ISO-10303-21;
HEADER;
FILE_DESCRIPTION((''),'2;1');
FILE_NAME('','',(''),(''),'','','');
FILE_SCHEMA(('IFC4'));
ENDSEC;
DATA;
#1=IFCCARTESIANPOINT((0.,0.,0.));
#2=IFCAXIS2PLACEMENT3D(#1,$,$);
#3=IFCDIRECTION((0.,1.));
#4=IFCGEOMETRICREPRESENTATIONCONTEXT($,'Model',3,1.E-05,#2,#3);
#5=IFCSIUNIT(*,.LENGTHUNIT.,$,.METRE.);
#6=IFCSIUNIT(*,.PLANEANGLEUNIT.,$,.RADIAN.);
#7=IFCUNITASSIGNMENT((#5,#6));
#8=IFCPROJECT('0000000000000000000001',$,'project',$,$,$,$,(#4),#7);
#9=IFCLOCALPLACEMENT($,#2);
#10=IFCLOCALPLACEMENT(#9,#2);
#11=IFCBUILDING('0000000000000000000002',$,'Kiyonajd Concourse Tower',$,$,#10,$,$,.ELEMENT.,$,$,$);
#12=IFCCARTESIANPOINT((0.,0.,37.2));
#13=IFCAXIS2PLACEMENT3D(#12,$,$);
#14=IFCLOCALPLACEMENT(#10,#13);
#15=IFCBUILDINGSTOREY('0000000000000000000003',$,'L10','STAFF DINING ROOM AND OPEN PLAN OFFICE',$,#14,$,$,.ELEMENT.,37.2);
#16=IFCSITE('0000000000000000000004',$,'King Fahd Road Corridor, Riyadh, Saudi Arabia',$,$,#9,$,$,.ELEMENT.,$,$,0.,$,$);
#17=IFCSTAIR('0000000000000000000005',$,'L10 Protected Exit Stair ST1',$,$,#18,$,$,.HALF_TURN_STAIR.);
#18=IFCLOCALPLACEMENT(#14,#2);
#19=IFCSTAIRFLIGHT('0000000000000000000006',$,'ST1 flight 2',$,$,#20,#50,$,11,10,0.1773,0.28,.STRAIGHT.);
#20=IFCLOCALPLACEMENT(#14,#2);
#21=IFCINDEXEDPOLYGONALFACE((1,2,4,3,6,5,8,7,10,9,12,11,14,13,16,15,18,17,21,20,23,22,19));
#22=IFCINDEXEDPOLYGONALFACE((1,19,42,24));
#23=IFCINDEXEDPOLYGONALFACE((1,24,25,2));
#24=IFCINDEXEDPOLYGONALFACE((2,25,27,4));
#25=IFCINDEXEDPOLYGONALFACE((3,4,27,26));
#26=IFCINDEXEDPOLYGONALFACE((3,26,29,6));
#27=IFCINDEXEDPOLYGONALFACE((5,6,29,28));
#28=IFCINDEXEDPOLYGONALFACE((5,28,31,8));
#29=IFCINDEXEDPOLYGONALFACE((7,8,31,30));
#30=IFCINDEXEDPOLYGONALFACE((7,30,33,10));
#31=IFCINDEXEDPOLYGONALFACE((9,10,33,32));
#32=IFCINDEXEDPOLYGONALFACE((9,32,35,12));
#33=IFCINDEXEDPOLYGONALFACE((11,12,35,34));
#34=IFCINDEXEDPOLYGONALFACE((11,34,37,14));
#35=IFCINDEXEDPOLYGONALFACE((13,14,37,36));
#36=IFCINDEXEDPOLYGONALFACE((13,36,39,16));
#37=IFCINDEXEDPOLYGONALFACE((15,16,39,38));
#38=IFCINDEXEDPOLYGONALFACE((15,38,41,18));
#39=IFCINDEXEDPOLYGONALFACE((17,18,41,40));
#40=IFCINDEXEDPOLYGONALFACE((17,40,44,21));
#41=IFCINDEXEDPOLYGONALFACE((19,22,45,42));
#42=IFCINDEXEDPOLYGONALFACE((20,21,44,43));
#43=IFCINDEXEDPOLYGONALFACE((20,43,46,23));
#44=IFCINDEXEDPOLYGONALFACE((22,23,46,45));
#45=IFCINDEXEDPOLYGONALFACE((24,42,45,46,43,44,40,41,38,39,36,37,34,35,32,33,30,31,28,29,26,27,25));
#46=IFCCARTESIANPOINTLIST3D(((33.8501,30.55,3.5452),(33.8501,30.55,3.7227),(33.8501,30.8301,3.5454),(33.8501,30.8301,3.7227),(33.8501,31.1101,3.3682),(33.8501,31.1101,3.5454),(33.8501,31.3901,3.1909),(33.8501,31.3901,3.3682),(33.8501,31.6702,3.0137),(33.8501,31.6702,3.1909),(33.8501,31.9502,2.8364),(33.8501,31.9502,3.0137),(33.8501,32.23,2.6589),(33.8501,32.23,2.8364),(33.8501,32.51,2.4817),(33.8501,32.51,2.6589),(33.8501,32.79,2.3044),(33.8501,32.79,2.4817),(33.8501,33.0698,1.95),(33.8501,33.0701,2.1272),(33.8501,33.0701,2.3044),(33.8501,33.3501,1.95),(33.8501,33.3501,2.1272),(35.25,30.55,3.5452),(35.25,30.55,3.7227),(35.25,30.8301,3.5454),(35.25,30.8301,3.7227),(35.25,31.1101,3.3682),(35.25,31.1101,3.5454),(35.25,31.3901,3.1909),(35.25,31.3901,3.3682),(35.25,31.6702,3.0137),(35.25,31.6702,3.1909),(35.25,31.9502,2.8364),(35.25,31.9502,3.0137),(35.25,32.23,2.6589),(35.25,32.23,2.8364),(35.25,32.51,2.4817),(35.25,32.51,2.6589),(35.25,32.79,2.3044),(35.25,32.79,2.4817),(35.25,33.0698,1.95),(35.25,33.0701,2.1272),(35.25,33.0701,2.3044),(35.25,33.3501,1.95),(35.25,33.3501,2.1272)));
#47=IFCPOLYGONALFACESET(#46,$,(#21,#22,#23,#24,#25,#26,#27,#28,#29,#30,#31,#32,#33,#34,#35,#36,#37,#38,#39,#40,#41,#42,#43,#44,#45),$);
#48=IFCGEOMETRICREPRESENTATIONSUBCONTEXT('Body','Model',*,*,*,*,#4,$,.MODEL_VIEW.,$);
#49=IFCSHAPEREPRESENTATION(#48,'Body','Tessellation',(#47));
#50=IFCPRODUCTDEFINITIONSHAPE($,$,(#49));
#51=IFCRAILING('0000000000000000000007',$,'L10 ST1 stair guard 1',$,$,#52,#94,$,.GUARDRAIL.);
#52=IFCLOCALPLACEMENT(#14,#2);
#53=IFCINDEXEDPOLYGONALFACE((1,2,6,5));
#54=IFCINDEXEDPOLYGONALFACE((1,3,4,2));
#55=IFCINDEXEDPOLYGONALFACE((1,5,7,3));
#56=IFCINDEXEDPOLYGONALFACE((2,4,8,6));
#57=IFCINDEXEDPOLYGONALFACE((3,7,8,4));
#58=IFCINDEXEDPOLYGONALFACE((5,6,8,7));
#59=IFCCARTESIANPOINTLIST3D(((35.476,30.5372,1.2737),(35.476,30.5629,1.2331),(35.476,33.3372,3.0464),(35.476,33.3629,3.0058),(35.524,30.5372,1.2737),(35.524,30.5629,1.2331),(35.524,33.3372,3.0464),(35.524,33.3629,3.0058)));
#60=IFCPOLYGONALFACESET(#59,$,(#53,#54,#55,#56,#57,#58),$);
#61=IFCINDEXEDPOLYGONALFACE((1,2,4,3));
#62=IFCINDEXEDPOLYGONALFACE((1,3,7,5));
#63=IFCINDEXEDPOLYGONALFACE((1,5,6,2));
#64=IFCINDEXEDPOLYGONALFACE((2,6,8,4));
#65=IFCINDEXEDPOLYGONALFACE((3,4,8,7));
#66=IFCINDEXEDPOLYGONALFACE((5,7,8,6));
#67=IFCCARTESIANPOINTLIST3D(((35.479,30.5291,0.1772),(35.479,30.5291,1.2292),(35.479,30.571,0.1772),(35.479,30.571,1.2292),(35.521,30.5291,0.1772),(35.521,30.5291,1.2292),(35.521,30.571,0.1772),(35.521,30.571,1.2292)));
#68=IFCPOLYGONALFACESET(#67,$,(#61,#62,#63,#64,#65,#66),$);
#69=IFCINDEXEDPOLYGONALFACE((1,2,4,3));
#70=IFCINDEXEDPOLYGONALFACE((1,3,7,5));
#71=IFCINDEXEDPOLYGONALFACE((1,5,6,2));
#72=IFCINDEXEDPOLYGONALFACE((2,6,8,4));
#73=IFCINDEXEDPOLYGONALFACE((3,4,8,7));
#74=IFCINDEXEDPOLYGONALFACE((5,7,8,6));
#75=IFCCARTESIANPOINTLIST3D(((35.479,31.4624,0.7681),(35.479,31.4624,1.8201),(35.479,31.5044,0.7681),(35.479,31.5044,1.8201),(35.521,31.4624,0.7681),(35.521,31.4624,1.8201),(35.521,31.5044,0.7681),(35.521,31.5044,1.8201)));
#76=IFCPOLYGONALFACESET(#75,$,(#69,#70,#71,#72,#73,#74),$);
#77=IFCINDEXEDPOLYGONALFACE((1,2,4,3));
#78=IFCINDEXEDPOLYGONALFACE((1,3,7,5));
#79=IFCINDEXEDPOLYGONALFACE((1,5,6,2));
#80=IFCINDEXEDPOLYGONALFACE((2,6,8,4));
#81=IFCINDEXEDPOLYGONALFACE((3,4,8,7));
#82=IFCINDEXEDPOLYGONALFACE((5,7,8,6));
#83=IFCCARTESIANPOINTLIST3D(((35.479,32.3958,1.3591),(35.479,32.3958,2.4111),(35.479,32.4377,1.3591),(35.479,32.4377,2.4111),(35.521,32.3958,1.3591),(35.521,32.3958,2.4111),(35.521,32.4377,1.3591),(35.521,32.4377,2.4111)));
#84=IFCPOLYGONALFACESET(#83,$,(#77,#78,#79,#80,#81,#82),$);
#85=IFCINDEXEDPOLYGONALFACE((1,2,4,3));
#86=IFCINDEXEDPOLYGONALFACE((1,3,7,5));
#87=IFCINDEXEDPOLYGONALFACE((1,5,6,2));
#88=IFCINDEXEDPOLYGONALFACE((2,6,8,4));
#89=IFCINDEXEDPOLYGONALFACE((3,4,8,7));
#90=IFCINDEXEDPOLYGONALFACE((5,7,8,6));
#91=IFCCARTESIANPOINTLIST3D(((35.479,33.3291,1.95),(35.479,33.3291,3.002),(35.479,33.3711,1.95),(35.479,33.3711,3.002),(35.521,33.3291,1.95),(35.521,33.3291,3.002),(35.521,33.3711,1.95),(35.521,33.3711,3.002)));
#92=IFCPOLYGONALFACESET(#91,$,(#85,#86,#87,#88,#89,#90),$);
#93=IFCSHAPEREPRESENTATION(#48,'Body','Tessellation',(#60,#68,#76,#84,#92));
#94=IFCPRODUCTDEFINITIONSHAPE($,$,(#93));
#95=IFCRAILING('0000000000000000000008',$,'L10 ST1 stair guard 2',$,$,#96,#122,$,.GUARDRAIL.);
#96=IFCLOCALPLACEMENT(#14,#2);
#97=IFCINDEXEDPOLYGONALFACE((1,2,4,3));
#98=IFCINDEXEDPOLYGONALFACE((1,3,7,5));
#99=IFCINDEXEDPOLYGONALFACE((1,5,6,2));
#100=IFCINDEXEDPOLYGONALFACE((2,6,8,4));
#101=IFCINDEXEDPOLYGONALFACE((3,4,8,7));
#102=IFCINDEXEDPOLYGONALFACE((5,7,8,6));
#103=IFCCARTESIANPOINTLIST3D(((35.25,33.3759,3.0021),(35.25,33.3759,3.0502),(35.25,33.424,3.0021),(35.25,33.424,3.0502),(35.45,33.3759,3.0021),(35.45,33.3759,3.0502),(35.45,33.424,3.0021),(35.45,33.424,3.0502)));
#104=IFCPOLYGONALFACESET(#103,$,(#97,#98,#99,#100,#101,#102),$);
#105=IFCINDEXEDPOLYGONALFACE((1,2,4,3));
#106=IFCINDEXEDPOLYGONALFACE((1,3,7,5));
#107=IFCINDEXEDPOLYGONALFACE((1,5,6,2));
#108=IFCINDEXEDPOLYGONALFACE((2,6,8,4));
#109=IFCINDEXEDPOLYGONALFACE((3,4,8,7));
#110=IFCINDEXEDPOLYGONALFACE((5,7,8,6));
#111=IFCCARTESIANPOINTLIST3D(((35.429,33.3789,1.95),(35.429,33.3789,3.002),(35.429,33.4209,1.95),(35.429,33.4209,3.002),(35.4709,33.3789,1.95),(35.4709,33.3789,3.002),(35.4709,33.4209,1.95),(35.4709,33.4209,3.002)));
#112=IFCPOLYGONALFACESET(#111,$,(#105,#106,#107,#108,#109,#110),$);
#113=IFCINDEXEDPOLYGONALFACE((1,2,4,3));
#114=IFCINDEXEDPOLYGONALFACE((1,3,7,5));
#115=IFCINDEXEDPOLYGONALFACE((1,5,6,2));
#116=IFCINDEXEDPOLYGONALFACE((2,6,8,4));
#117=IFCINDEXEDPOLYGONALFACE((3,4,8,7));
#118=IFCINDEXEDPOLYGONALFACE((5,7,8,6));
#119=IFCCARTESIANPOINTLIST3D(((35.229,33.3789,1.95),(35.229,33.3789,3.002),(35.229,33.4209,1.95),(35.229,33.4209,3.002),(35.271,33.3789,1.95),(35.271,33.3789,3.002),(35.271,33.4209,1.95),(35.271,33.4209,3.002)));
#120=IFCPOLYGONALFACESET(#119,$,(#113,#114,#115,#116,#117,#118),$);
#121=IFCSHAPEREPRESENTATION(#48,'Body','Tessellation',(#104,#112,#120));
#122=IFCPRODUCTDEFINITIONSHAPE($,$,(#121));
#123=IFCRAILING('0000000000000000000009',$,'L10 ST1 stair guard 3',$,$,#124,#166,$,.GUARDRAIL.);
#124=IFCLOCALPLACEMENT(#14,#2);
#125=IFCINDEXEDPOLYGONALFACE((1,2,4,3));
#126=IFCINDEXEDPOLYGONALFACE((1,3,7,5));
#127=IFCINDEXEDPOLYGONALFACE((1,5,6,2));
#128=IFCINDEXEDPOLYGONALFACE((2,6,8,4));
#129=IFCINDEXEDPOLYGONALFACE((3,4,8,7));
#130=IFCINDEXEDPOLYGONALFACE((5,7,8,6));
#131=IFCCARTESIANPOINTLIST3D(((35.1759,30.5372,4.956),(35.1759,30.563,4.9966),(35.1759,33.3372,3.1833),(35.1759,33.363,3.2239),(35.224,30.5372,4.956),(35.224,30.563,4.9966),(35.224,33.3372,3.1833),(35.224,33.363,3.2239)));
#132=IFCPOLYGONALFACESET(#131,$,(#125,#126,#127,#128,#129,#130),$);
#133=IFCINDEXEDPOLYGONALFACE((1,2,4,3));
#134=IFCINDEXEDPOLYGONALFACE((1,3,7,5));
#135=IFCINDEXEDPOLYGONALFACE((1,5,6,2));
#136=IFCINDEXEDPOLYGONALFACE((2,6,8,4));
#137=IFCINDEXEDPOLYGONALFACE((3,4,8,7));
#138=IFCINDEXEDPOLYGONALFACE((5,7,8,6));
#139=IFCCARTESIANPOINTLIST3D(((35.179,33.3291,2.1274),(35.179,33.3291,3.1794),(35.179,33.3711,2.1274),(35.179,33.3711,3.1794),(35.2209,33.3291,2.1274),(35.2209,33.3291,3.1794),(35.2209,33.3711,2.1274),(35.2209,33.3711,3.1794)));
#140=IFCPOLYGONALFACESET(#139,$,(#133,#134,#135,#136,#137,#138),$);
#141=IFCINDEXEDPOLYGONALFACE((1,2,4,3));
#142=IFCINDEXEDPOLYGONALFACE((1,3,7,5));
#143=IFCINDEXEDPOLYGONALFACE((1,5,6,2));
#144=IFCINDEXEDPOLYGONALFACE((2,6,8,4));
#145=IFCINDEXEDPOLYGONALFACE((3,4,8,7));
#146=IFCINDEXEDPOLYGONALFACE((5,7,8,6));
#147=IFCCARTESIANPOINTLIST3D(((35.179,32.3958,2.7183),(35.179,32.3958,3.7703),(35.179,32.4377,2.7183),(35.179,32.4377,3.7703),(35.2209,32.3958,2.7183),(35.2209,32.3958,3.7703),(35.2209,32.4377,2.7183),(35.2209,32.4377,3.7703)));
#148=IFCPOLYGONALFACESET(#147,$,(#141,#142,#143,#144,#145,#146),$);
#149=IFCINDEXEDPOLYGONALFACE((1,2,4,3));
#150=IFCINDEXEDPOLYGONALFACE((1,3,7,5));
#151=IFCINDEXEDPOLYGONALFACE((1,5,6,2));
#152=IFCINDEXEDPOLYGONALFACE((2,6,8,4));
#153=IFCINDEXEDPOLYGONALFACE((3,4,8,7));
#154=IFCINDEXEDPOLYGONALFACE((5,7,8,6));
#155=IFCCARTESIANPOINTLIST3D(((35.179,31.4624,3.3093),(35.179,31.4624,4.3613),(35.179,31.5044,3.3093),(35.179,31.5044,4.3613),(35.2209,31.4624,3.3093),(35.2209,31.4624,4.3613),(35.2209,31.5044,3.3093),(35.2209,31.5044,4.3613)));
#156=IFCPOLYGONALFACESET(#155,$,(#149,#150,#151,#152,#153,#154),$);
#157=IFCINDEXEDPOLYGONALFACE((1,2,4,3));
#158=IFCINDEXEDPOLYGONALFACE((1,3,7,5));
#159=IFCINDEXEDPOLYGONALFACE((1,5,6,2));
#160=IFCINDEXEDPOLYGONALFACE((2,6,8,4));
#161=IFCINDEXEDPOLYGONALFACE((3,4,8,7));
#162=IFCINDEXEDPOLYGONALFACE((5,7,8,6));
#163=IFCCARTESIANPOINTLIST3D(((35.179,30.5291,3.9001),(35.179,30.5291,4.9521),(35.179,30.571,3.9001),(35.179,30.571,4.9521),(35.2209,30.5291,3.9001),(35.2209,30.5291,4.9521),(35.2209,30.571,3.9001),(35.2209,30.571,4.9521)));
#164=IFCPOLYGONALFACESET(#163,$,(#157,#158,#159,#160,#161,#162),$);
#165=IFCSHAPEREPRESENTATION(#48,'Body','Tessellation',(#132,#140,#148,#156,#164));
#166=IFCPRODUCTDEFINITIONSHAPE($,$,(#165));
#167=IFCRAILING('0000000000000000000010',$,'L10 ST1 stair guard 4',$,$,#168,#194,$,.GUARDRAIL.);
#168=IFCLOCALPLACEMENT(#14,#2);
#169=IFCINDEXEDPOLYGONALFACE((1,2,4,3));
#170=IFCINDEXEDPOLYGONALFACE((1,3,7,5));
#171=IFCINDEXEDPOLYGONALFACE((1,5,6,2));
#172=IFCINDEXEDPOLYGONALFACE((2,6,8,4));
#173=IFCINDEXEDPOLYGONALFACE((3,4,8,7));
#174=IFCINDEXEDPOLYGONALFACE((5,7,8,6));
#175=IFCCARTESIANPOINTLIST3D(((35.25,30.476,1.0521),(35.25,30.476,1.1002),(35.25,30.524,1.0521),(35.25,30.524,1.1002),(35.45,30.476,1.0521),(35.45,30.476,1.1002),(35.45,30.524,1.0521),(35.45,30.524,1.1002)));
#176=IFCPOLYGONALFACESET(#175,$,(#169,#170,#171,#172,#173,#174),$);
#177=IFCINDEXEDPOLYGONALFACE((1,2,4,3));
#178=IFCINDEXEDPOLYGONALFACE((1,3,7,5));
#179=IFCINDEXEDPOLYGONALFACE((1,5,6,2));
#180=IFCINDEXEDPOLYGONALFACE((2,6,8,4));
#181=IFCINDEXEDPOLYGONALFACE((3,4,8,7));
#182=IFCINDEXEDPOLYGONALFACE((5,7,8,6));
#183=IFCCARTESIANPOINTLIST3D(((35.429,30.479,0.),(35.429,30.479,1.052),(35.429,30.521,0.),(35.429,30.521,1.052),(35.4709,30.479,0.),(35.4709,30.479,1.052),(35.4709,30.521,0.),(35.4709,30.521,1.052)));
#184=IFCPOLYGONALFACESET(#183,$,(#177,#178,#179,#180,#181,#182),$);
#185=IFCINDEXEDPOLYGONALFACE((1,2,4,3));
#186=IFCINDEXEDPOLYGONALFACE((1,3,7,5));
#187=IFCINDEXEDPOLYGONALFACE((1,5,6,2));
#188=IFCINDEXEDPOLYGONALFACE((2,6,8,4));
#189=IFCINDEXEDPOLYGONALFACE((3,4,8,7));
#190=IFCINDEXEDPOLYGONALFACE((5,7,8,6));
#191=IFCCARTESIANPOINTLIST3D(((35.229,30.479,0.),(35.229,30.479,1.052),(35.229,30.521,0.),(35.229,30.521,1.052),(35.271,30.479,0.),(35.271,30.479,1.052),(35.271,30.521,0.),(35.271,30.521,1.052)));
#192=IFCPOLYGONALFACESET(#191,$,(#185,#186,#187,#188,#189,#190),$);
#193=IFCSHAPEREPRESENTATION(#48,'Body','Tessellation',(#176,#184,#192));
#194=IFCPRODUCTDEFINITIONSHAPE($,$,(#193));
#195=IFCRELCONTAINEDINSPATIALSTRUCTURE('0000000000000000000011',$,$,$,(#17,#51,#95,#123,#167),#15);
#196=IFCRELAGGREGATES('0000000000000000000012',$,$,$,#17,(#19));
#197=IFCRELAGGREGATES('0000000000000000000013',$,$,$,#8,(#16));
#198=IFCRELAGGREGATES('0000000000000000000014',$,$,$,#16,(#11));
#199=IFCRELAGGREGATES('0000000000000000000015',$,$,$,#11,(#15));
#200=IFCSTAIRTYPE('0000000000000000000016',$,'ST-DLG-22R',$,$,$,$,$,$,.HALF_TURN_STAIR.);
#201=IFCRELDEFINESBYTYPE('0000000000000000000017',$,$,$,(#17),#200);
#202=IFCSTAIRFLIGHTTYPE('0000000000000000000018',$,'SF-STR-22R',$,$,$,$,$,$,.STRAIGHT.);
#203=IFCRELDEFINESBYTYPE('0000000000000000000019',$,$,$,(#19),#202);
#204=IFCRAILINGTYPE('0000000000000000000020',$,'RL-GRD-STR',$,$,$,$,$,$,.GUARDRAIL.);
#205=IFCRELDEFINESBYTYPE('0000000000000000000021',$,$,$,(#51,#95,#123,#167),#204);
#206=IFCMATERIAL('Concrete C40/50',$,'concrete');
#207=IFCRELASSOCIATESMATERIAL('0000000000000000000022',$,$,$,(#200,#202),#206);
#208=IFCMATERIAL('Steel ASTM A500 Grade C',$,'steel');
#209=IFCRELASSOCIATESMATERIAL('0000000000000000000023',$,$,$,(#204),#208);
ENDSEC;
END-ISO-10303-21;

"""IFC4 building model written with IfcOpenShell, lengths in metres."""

from ifc_helpers import new_model, si_unit, direction, frame, origin, origin_2d, place, context, subcontext, project, spatial, polyline, rectangle, outline, extrude, material, type_object, element, aggregate, save


model = new_model("IFC4")

# Units and contexts
model_context = context("Model", 3, precision=1e-05, world=origin(), true_north=direction((0.0, 1.0)))
body_context = subcontext(model_context, "Body", "Model", "MODEL_VIEW")
ifc_project = project(units=[si_unit("LENGTHUNIT", "METRE"), si_unit("PLANEANGLEUNIT", "RADIAN")], contexts=[model_context])

# Site, building, storey
site_placement = place(None, origin())
site = spatial("IfcSite", under=ifc_project, at=site_placement, Name="King Fahd Road Corridor, Riyadh, Saudi Arabia", CompositionType="ELEMENT", RefElevation=0.0)
building_placement = place(site_placement, origin())
building = spatial("IfcBuilding", under=site, at=building_placement, Name="Kiyonajd Concourse Tower", CompositionType="ELEMENT")
storey_placement = place(building_placement, frame((0.0, 0.0, 37.2)))
storey = spatial("IfcBuildingStorey", under=building, at=storey_placement, Name="L10", Description="STAFF DINING ROOM AND OPEN PLAN OFFICE", CompositionType="ELEMENT", Elevation=37.2)

# Stair, stair flight
ifc_material_1 = material(Name="Concrete C40/50", Category="concrete")
stair_type = type_object("IfcStairType", Name="ST-DLG-22R", PredefinedType="HALF_TURN_STAIR", material=ifc_material_1)
stair_placement = place(storey_placement, origin())
stair = element("IfcStair", 1, at=stair_placement, inside=storey, type_object=stair_type, Name="L10 Protected Exit Stair ST1", PredefinedType="HALF_TURN_STAIR")
stair_flight_type = type_object("IfcStairFlightType", Name="SF-STR-22R", PredefinedType="STRAIGHT", material=ifc_material_1)
stair_flight_1_placement = place(storey_placement, frame((34.55, 33.3501, 1.95), z_axis=(0.0, 0.0, 1.0), x_axis=(0.0, -1.0, 0.0)))
stair_flight_1 = element("IfcStairFlight", 2, at=stair_flight_1_placement, type_object=stair_flight_type, Name="ST1 flight 2", NumberOfRisers=11, NumberOfTreads=10, PredefinedType="STRAIGHT", RiserHeight=0.1773, TreadLength=0.28, context=body_context, shape_type="SweptSolid", body=[
    extrude(outline(polyline([(0.0, 0.0), (0.0, 0.1772), (0.28, 0.1772), (0.28, 0.3545), (0.5601, 0.3545), (0.5601, 0.5317), (0.8401, 0.5317), (0.8401, 0.709), (1.1201, 0.709), (1.1201, 0.8865), (1.3999, 0.8865), (1.3999, 1.0637), (1.6799, 1.0637), (1.6799, 1.241), (1.96, 1.241), (1.96, 1.4182), (2.24, 1.4182), (2.24, 1.5955), (2.52, 1.5955), (2.52, 1.7727), (2.8, 1.7727), (2.8, 1.95), (2.8, 1.5952), (0.2803, 0.0), (0.0, 0.0)])), frame((0.0, 0.7, 0.0), z_axis=(0.0, -1.0, 0.0), x_axis=(1.0, 0.0, 0.0)), (0.0, 0.0, 1.0), 1.3999),
])
aggregate(stair, [stair_flight_1])

# Railings
ifc_material_2 = material(Name="Steel ASTM A500 Grade C", Category="steel")
railing_type_1 = type_object("IfcRailingType", Name="RL-GRD-STR", PredefinedType="GUARDRAIL", material=ifc_material_2)
railing_1_placement = place(storey_placement, frame((35.5, 30.55, 0.1772)))
element("IfcRailing", 3, at=railing_1_placement, inside=storey, type_object=railing_type_1, Name="L10 ST1 stair guard 1", PredefinedType="GUARDRAIL", context=body_context, shape_type="SweptSolid", body=[
    extrude(rectangle(XDim=0.0481, YDim=0.0481, at=origin_2d()), frame((0.0, 0.0, 1.0762), z_axis=(0.0, 0.844909, 0.53491), x_axis=(-1.0, 0.0, 0.0)), (0.0, 0.0, 1.0), 3.314),
    extrude(rectangle(XDim=0.042, YDim=0.042, at=origin_2d()), origin(), (0.0, 0.0, 1.0), 1.052),
    extrude(rectangle(XDim=0.042, YDim=0.042, at=origin_2d()), frame((0.0, 0.9333, 0.5908)), (0.0, 0.0, 1.0), 1.052),
    extrude(rectangle(XDim=0.042, YDim=0.042, at=origin_2d()), frame((0.0, 1.8667, 1.1819)), (0.0, 0.0, 1.0), 1.052),
    extrude(rectangle(XDim=0.042, YDim=0.042, at=origin_2d()), frame((0.0, 2.8, 1.7727)), (0.0, 0.0, 1.0), 1.052),
])
railing_2_placement = place(storey_placement, frame((35.45, 33.3999, 1.95)))
element("IfcRailing", 4, at=railing_2_placement, inside=storey, type_object=railing_type_1, Name="L10 ST1 stair guard 2", PredefinedType="GUARDRAIL", context=body_context, shape_type="SweptSolid", body=[
    extrude(rectangle(XDim=0.0481, YDim=0.0481, at=origin_2d()), frame((0.0, 0.0, 1.0762), z_axis=(-1.0, 0.0, 0.0), x_axis=(0.0, -1.0, 0.0)), (0.0, 0.0, 1.0), 0.2),
    extrude(rectangle(XDim=0.042, YDim=0.042, at=origin_2d()), origin(), (0.0, 0.0, 1.0), 1.052),
    extrude(rectangle(XDim=0.042, YDim=0.042, at=origin_2d()), frame((-0.2, 0.0, 0.0)), (0.0, 0.0, 1.0), 1.052),
])
railing_3_placement = place(storey_placement, frame((35.2, 33.3501, 2.1274)))
element("IfcRailing", 5, at=railing_3_placement, inside=storey, type_object=railing_type_1, Name="L10 ST1 stair guard 3", PredefinedType="GUARDRAIL", context=body_context, shape_type="SweptSolid", body=[
    extrude(rectangle(XDim=0.0481, YDim=0.0481, at=origin_2d()), frame((0.0, 0.0, 1.0762), z_axis=(0.0, -0.844909, 0.53491), x_axis=(1.0, 0.0, 0.0)), (0.0, 0.0, 1.0), 3.314),
    extrude(rectangle(XDim=0.042, YDim=0.042, at=origin_2d()), origin(), (0.0, 0.0, 1.0), 1.052),
    extrude(rectangle(XDim=0.042, YDim=0.042, at=origin_2d()), frame((0.0, -0.9333, 0.5908)), (0.0, 0.0, 1.0), 1.052),
    extrude(rectangle(XDim=0.042, YDim=0.042, at=origin_2d()), frame((0.0, -1.8667, 1.1819)), (0.0, 0.0, 1.0), 1.052),
    extrude(rectangle(XDim=0.042, YDim=0.042, at=origin_2d()), frame((0.0, -2.8, 1.7727)), (0.0, 0.0, 1.0), 1.052),
])
railing_4_placement = place(storey_placement, frame((35.45, 30.5, 0.0)))
element("IfcRailing", 6, at=railing_4_placement, inside=storey, type_object=railing_type_1, Name="L10 ST1 stair guard 4", PredefinedType="GUARDRAIL", context=body_context, shape_type="SweptSolid", body=[
    extrude(rectangle(XDim=0.0481, YDim=0.0481, at=origin_2d()), frame((0.0, 0.0, 1.0762), z_axis=(-1.0, 0.0, 0.0), x_axis=(0.0, -1.0, 0.0)), (0.0, 0.0, 1.0), 0.2),
    extrude(rectangle(XDim=0.042, YDim=0.042, at=origin_2d()), origin(), (0.0, 0.0, 1.0), 1.052),
    extrude(rectangle(XDim=0.042, YDim=0.042, at=origin_2d()), frame((-0.2, 0.0, 0.0)), (0.0, 0.0, 1.0), 1.052),
])

save(model, "model.ifc")
